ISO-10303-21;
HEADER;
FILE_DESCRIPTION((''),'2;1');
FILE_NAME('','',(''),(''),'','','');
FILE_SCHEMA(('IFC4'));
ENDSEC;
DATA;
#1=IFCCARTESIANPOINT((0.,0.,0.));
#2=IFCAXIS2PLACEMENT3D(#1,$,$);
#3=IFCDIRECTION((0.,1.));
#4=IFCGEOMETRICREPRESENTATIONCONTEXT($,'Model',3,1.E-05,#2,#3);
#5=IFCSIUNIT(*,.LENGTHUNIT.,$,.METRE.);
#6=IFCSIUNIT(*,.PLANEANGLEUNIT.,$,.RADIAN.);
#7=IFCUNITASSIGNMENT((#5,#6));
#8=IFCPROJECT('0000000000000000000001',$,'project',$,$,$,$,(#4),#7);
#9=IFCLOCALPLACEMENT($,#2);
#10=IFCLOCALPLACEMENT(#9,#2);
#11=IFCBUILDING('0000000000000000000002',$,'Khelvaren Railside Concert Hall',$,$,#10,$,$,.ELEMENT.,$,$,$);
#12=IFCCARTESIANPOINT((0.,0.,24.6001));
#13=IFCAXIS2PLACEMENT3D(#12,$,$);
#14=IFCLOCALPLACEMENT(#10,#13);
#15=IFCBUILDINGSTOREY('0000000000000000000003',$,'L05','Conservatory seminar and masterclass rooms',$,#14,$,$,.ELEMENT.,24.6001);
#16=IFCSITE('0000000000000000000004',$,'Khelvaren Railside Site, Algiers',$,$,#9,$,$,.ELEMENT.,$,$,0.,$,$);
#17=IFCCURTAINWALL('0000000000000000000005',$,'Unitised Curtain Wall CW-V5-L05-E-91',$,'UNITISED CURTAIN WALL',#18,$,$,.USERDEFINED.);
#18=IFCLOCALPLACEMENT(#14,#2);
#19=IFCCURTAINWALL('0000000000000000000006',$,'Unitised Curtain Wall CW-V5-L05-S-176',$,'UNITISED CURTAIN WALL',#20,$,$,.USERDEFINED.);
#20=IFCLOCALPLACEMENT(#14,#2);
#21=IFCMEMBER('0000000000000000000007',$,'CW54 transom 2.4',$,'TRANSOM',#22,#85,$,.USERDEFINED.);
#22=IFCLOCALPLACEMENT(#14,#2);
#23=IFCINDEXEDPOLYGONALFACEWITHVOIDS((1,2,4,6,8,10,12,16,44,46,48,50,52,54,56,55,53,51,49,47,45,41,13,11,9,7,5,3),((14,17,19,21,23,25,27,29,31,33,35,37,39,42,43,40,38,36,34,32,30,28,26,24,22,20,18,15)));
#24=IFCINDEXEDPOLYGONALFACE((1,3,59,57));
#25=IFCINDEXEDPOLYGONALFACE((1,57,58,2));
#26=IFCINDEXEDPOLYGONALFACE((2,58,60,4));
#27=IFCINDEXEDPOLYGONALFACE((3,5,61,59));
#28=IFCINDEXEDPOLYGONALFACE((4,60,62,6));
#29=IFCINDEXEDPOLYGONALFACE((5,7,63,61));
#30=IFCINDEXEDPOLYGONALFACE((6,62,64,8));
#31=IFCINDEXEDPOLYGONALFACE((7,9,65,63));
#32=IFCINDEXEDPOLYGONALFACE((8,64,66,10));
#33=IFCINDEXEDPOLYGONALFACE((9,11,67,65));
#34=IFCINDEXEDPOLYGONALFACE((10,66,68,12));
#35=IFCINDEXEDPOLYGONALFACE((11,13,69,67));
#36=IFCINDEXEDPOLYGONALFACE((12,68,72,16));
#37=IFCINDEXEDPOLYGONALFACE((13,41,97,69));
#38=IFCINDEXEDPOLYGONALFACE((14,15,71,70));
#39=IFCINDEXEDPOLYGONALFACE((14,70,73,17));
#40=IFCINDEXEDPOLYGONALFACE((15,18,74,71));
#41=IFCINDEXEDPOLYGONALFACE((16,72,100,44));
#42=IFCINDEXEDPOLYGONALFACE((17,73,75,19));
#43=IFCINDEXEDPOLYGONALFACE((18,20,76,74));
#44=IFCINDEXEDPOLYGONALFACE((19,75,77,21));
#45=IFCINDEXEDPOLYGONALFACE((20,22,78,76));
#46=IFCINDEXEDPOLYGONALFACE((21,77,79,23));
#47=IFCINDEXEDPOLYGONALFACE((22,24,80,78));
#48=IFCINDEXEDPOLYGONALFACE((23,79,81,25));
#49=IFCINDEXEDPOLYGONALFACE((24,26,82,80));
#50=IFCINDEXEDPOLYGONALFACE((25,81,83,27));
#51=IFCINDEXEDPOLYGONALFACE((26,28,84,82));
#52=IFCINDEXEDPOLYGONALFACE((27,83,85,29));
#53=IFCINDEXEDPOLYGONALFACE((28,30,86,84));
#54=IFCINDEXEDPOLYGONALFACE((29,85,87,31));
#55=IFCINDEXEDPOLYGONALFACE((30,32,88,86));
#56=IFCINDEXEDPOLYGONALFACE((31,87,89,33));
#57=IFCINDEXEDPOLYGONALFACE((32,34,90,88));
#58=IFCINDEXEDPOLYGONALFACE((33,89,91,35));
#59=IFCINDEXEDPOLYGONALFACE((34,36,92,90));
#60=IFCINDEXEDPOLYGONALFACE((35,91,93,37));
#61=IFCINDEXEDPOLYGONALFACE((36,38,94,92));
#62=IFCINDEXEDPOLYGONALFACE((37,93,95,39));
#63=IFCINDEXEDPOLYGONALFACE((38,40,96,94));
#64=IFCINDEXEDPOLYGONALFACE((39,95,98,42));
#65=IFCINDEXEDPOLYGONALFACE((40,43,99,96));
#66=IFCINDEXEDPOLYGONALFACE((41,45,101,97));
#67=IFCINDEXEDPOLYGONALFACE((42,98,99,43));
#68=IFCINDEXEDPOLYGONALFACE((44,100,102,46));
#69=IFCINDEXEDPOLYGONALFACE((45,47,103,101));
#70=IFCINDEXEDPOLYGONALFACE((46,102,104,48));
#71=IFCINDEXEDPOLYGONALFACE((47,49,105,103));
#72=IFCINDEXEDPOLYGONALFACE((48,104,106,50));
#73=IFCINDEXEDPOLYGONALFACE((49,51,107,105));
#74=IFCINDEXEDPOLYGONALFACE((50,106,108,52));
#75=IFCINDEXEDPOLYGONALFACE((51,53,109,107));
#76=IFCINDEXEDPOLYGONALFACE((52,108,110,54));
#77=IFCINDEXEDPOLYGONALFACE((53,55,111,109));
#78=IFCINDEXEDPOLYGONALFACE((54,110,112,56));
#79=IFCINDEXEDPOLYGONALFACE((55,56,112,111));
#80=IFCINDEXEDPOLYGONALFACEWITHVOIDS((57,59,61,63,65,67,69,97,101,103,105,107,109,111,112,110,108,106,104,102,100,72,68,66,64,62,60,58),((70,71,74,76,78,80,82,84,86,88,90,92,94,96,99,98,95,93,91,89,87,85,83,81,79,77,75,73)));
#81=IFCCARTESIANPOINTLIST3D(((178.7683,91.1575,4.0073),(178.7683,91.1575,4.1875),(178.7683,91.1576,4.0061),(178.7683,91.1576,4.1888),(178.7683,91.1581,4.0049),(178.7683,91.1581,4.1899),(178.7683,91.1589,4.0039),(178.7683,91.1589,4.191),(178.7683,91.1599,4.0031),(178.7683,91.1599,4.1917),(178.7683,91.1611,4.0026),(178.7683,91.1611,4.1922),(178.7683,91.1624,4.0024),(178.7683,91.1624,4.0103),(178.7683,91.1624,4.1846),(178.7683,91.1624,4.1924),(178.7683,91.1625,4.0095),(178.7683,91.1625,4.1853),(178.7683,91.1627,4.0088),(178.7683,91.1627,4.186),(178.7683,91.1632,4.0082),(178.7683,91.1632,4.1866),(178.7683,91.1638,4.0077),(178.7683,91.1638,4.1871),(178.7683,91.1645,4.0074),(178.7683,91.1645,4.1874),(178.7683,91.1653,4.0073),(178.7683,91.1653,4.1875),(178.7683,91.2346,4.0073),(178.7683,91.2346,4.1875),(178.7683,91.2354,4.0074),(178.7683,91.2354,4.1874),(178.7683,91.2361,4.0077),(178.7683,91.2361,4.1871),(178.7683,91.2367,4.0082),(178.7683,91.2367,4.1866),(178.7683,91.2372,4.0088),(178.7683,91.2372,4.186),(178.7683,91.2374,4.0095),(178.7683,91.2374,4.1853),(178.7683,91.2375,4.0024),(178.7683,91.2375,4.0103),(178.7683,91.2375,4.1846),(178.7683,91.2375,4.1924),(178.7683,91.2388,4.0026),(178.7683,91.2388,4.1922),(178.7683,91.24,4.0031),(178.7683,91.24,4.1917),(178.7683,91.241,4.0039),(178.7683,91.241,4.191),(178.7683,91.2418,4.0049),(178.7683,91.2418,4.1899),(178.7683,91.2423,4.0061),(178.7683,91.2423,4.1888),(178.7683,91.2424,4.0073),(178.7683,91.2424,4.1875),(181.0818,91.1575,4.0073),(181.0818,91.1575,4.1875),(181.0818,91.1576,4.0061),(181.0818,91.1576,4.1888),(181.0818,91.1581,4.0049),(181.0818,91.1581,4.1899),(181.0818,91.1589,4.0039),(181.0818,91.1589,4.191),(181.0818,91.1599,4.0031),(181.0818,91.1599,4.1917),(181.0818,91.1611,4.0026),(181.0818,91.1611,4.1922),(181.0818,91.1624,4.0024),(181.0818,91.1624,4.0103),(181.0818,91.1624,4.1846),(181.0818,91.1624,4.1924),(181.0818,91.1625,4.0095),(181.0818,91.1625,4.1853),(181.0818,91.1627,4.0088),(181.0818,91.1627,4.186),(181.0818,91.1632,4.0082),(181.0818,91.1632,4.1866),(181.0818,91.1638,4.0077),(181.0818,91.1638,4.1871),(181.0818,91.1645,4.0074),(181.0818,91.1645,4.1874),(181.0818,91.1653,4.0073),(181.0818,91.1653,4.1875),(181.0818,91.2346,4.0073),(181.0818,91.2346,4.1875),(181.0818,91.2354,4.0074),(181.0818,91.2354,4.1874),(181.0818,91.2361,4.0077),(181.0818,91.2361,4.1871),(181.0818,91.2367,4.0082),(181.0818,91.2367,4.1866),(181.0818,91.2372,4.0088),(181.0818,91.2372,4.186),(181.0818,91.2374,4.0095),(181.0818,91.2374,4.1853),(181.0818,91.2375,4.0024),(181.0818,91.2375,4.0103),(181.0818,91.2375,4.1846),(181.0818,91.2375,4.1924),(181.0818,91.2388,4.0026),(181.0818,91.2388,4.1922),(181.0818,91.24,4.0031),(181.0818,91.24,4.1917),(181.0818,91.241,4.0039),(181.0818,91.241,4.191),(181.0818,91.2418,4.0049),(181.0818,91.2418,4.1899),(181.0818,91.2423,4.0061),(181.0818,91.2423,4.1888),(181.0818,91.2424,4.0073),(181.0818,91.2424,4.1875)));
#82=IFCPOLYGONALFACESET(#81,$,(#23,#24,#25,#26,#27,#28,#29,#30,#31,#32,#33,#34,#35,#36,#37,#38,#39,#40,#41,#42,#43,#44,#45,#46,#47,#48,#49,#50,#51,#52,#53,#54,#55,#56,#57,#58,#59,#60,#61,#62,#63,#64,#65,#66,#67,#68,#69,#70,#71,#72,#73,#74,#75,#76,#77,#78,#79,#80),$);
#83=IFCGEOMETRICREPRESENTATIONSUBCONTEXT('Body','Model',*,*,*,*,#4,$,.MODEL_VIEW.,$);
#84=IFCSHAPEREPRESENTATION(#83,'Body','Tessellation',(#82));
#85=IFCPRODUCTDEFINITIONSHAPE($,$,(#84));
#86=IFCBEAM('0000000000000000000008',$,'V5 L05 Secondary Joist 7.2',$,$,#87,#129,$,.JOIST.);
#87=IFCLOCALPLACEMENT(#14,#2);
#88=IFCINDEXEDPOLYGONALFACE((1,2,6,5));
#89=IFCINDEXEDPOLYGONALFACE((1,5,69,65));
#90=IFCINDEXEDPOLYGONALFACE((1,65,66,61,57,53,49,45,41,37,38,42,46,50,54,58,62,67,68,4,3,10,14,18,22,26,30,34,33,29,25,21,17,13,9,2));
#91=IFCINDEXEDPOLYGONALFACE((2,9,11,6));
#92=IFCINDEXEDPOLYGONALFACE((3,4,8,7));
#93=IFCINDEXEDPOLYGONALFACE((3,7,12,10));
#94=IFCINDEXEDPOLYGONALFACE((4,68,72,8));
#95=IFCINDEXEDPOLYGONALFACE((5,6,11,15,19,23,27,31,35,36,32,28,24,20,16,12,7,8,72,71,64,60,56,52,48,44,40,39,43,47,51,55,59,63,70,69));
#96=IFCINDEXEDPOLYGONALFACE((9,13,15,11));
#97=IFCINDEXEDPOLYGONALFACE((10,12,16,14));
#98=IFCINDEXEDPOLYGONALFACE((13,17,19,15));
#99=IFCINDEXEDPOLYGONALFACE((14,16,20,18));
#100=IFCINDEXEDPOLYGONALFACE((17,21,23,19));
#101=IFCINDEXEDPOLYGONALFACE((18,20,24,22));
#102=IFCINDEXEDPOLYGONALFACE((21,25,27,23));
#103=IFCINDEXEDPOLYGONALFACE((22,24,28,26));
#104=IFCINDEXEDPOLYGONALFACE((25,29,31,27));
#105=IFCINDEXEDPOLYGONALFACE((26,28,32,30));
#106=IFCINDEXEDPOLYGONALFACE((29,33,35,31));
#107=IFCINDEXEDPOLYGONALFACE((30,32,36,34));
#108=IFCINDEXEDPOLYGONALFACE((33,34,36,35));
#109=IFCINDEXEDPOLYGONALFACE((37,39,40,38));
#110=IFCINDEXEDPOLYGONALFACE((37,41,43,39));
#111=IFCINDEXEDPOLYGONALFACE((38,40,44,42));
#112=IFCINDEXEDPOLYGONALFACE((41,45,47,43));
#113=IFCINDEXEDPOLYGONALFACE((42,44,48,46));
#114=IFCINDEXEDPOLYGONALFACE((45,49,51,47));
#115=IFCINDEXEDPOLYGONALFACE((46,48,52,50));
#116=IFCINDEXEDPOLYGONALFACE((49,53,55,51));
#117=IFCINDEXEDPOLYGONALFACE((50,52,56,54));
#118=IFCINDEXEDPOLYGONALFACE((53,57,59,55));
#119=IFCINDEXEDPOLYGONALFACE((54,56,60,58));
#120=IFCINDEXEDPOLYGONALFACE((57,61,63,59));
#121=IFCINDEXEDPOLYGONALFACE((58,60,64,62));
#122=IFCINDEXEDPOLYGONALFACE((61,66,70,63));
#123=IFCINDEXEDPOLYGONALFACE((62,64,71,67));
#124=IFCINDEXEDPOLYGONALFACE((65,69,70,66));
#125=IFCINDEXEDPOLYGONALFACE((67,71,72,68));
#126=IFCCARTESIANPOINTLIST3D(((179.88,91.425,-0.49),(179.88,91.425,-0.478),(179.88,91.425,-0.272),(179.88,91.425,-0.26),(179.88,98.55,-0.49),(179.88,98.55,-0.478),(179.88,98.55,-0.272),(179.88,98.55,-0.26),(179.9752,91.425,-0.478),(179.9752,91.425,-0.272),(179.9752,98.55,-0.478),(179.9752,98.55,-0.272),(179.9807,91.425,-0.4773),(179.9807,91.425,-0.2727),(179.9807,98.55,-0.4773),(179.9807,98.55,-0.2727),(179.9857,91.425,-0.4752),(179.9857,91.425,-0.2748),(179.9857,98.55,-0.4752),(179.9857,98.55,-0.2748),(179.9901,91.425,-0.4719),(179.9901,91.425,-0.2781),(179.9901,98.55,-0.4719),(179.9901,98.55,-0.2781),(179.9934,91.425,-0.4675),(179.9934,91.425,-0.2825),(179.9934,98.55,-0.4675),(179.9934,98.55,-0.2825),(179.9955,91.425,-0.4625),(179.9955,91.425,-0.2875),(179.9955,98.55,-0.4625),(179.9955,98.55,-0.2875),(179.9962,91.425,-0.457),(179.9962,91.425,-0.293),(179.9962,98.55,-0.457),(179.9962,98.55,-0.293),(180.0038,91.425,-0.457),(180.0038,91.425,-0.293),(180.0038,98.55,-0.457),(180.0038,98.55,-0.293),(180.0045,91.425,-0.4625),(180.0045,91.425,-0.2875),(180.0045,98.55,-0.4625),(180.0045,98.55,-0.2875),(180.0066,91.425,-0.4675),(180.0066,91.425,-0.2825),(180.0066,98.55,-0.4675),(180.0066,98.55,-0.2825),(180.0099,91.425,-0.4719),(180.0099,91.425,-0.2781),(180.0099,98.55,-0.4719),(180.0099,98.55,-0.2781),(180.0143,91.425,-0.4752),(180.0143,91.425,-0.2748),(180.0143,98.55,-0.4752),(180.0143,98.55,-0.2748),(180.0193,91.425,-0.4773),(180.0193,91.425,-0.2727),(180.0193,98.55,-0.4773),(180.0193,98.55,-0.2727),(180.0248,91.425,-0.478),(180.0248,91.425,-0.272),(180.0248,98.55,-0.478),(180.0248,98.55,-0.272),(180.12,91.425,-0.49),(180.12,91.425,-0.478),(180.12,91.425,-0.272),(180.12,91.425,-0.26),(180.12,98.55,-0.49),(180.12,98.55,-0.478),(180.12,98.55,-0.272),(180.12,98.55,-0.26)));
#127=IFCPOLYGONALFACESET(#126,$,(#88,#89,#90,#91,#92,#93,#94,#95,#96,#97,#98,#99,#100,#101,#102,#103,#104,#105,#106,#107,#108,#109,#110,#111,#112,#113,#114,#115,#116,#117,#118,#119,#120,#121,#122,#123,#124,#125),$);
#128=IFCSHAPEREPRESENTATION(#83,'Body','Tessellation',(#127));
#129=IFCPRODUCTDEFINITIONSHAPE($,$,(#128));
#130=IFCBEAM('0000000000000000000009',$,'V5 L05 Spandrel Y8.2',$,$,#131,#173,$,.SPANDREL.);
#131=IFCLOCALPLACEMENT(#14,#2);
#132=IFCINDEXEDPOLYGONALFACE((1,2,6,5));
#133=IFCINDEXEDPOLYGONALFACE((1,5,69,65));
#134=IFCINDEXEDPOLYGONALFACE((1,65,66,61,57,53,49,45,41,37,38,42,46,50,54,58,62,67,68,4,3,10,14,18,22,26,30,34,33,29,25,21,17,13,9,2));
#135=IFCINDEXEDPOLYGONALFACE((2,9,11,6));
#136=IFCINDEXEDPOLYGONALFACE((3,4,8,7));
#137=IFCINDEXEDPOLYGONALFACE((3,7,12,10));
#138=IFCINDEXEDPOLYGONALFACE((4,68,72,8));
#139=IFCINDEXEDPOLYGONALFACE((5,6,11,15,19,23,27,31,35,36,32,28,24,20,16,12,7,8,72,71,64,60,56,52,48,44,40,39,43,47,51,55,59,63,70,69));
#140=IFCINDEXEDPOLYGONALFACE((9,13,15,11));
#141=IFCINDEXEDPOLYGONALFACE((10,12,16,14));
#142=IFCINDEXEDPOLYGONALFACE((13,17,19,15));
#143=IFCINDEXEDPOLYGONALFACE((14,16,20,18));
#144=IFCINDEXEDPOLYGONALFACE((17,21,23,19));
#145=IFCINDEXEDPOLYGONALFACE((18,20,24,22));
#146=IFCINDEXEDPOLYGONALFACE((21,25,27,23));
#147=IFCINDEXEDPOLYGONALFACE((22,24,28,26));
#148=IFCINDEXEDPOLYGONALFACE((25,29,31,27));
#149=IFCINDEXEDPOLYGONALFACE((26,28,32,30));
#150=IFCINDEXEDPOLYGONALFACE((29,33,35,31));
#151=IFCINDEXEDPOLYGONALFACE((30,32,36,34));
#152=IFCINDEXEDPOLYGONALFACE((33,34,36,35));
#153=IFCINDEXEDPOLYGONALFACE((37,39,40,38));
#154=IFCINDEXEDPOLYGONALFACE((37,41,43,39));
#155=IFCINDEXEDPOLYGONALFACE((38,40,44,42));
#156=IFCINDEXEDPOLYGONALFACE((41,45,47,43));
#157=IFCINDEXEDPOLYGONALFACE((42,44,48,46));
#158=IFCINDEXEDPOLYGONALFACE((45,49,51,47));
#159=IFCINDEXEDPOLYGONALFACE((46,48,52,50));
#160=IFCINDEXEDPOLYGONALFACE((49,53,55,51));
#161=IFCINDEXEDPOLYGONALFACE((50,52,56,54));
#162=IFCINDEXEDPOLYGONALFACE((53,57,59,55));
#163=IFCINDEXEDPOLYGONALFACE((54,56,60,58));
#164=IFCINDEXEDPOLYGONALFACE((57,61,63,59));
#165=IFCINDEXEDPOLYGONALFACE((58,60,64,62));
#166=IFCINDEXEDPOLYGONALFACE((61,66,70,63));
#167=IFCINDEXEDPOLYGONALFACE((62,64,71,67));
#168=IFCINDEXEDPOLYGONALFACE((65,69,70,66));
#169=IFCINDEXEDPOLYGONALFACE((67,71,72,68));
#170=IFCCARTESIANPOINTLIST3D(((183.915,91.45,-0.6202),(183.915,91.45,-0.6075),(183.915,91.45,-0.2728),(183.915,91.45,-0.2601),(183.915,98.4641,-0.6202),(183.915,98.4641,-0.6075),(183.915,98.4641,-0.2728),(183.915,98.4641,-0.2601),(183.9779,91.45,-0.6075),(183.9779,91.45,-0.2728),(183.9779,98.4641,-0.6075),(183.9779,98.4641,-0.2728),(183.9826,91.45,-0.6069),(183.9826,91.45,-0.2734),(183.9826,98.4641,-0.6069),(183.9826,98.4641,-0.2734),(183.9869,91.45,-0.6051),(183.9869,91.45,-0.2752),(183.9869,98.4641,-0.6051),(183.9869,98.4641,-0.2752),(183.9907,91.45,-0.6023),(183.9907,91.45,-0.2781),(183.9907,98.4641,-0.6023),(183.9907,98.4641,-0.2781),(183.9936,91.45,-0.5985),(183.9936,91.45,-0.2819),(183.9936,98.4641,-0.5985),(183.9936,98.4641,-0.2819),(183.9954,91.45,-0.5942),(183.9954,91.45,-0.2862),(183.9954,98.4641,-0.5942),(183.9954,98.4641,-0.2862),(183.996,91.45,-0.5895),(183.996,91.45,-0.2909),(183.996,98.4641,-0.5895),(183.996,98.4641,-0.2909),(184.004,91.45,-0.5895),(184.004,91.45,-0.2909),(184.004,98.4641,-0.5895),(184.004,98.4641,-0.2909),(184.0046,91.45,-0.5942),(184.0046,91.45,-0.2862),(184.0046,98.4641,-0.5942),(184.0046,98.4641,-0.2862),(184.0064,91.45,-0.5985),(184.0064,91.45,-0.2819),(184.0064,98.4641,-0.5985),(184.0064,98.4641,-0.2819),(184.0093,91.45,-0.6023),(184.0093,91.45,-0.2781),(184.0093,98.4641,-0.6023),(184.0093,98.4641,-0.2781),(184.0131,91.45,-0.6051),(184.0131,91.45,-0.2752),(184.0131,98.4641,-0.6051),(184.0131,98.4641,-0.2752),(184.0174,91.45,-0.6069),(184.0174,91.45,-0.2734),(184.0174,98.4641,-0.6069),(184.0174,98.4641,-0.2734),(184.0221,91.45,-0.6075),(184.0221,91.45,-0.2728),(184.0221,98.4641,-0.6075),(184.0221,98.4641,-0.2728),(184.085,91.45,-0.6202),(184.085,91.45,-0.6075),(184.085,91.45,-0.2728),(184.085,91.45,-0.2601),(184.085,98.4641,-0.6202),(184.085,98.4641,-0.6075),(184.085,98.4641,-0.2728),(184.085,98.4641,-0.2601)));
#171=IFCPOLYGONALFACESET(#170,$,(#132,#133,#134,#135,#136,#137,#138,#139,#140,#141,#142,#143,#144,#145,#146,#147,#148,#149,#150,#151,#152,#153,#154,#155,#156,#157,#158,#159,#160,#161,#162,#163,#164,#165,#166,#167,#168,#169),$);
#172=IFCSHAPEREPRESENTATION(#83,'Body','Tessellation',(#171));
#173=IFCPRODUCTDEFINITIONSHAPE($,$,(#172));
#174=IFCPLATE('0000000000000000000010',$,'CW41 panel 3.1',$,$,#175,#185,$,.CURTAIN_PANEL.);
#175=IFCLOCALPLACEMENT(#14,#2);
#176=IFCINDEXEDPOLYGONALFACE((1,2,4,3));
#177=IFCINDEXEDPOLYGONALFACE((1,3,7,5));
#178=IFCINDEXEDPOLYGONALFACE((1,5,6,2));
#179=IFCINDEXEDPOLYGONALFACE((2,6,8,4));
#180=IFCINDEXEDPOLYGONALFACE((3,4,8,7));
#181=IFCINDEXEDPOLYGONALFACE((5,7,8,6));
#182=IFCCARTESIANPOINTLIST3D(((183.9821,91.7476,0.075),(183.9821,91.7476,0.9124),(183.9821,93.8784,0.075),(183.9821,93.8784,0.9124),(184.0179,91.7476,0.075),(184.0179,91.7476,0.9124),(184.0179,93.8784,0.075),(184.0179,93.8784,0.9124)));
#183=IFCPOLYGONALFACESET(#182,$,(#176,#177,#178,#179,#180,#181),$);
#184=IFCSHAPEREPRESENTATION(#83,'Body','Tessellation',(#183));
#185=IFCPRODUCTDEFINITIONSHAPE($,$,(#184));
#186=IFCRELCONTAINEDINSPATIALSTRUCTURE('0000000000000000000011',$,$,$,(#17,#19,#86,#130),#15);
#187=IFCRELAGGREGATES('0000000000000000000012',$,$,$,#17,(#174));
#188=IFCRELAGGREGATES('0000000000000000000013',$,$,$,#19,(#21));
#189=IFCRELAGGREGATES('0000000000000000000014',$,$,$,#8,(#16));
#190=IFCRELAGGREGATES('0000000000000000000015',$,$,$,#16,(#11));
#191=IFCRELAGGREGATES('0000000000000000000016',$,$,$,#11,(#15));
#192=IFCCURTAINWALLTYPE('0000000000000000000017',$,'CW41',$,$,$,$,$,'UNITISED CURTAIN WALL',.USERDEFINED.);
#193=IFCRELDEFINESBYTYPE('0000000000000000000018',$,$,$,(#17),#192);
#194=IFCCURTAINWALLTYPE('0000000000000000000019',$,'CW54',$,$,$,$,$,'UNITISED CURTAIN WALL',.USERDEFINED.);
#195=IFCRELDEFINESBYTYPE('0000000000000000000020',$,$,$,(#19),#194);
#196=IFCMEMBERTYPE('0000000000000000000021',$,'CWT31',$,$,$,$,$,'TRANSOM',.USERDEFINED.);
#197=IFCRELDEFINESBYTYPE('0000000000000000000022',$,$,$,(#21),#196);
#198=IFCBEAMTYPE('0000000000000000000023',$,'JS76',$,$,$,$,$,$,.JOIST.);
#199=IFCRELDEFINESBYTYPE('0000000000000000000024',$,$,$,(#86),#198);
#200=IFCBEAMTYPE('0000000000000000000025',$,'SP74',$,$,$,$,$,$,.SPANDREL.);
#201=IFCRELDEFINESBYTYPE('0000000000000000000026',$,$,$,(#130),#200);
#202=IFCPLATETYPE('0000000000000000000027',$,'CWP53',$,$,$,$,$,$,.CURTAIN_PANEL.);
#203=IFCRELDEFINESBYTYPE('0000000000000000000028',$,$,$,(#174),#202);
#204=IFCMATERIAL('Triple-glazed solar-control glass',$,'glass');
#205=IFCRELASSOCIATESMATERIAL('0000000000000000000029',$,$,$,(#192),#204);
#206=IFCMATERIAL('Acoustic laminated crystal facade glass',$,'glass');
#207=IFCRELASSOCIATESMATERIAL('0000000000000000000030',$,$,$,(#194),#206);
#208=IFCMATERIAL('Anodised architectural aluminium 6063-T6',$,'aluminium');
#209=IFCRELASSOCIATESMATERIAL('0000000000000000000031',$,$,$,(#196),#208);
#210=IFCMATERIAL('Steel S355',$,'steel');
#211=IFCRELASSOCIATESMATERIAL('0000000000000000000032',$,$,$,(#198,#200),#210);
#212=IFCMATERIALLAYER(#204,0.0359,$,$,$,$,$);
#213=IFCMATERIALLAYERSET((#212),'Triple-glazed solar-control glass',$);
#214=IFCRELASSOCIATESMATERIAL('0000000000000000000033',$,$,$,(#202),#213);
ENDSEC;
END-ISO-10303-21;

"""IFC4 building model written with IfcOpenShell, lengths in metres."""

from ifc_helpers import new_model, si_unit, direction, frame, origin, origin_2d, place, context, subcontext, project, spatial, rectangle, hollow_rectangle, i_section, extrude, material, layer, layer_set, material_profile, profile_set, type_object, element, aggregate, save


model = new_model("IFC4")

# Units and contexts
model_context = context("Model", 3, precision=1e-05, world=origin(), true_north=direction((0.0, 1.0)))
body_context = subcontext(model_context, "Body", "Model", "MODEL_VIEW")
ifc_project = project(units=[si_unit("LENGTHUNIT", "METRE"), si_unit("PLANEANGLEUNIT", "RADIAN")], contexts=[model_context])

# Site, building, storey
site_placement = place(None, origin())
site = spatial("IfcSite", under=ifc_project, at=site_placement, Name="Khelvaren Railside Site, Algiers", CompositionType="ELEMENT", RefElevation=0.0)
building_placement = place(site_placement, origin())
building = spatial("IfcBuilding", under=site, at=building_placement, Name="Khelvaren Railside Concert Hall", CompositionType="ELEMENT")
storey_placement = place(building_placement, frame((0.0, 0.0, 24.6001)))
storey = spatial("IfcBuildingStorey", under=building, at=storey_placement, Name="L05", Description="Conservatory seminar and masterclass rooms", CompositionType="ELEMENT", Elevation=24.6001)

# Curtain wall
ifc_material_1 = material(Name="Triple-glazed solar-control glass", Category="glass")
curtain_wall_type_1 = type_object("IfcCurtainWallType", Name="CW41", ElementType="UNITISED CURTAIN WALL", PredefinedType="USERDEFINED", material=ifc_material_1)
curtain_wall_1_placement = place(storey_placement, origin())
curtain_wall_1 = element("IfcCurtainWall", 1, at=curtain_wall_1_placement, inside=storey, type_object=curtain_wall_type_1, Name="Unitised Curtain Wall CW-V5-L05-E-91", ObjectType="UNITISED CURTAIN WALL", PredefinedType="USERDEFINED")
ifc_material_2 = material(Name="Anodised architectural aluminium 6063-T6", Category="aluminium")

# Curtain wall, member
ifc_material_3 = material(Name="Acoustic laminated crystal facade glass", Category="glass")
curtain_wall_type_2 = type_object("IfcCurtainWallType", Name="CW54", ElementType="UNITISED CURTAIN WALL", PredefinedType="USERDEFINED", material=ifc_material_3)
curtain_wall_2_placement = place(storey_placement, origin())
curtain_wall_2 = element("IfcCurtainWall", 2, at=curtain_wall_2_placement, inside=storey, type_object=curtain_wall_type_2, Name="Unitised Curtain Wall CW-V5-L05-S-176", ObjectType="UNITISED CURTAIN WALL", PredefinedType="USERDEFINED")
ifc_material_profile_1 = material_profile(ifc_material_2, hollow_rectangle(XDim=0.085, YDim=0.1899, WallThickness=0.0049, InnerFilletRadius=0.0029, OuterFilletRadius=0.0049, at=origin_2d()), Name="CWT 85x190x5")
ifc_profile_set_1 = profile_set([ifc_material_profile_1], Name="Anodised architectural aluminium 6063-T6")
member_type_1 = type_object("IfcMemberType", Name="CWT31", ElementType="TRANSOM", PredefinedType="USERDEFINED", material=ifc_profile_set_1)
member_1_placement = place(storey_placement, frame((181.0818, 91.2, 4.0974), z_axis=(-1.0, 0.0, 0.0), x_axis=(0.0, -1.0, 0.0)))
member_1 = element("IfcMember", 3, at=member_1_placement, type_object=member_type_1, Name="CW54 transom 2.4", ObjectType="TRANSOM", PredefinedType="USERDEFINED", context=body_context, shape_type="SweptSolid", body=[
    extrude(hollow_rectangle(XDim=0.085, YDim=0.1899, WallThickness=0.0049, InnerFilletRadius=0.0029, OuterFilletRadius=0.0049, at=origin_2d()), origin(), (0.0, 0.0, 1.0), 2.3135),
])

# Beams
ifc_material_4 = material(Name="Steel S355", Category="steel")
ifc_material_profile_2 = material_profile(ifc_material_4, i_section(OverallWidth=0.24, OverallDepth=0.23, WebThickness=0.0076, FlangeThickness=0.012, FilletRadius=0.021, at=origin_2d()), Name="HEA 240")
ifc_profile_set_2 = profile_set([ifc_material_profile_2], Name="Steel S355")
beam_type_1 = type_object("IfcBeamType", Name="JS76", PredefinedType="JOIST", material=ifc_profile_set_2)
beam_1_placement = place(storey_placement, frame((180.0, 91.425, -0.375), z_axis=(0.0, 1.0, 0.0), x_axis=(-1.0, 0.0, 0.0)))
element("IfcBeam", 4, at=beam_1_placement, inside=storey, type_object=beam_type_1, Name="V5 L05 Secondary Joist 7.2", PredefinedType="JOIST", context=body_context, shape_type="SweptSolid", body=[
    extrude(i_section(OverallWidth=0.24, OverallDepth=0.23, WebThickness=0.0076, FlangeThickness=0.012, FilletRadius=0.021, at=origin_2d()), origin(), (0.0, 0.0, 1.0), 7.125),
])
ifc_material_profile_3 = material_profile(ifc_material_4, i_section(OverallWidth=0.1699, OverallDepth=0.3601, WebThickness=0.0081, FlangeThickness=0.0127, FilletRadius=0.0181, at=origin_2d()), Name="IPE 360")
ifc_profile_set_3 = profile_set([ifc_material_profile_3], Name="Steel S355")
beam_type_2 = type_object("IfcBeamType", Name="SP74", PredefinedType="SPANDREL", material=ifc_profile_set_3)
beam_2_placement = place(storey_placement, frame((184.0, 91.45, -0.4402), z_axis=(0.0, 1.0, 0.0), x_axis=(-1.0, 0.0, 0.0)))
element("IfcBeam", 5, at=beam_2_placement, inside=storey, type_object=beam_type_2, Name="V5 L05 Spandrel Y8.2", PredefinedType="SPANDREL", context=body_context, shape_type="SweptSolid", body=[
    extrude(i_section(OverallWidth=0.1699, OverallDepth=0.3601, WebThickness=0.0081, FlangeThickness=0.0127, FilletRadius=0.0181, at=origin_2d()), origin(), (0.0, 0.0, 1.0), 7.0142),
])

# Plate
ifc_layer_1 = layer(ifc_material_1, 0.0359)
ifc_layer_set_1 = layer_set([ifc_layer_1], Name="Triple-glazed solar-control glass")
plate_type_1 = type_object("IfcPlateType", Name="CWP53", PredefinedType="CURTAIN_PANEL", material=ifc_layer_set_1)
plate_1_placement = place(storey_placement, frame((184.0, 92.813, 0.075), z_axis=(0.0, 0.0, 1.0), x_axis=(0.0, -1.0, 0.0)))
plate_1 = element("IfcPlate", 6, at=plate_1_placement, type_object=plate_type_1, Name="CW41 panel 3.1", PredefinedType="CURTAIN_PANEL", context=body_context, shape_type="SweptSolid", body=[
    extrude(rectangle(XDim=2.1309, YDim=0.0359, at=origin_2d()), origin(), (0.0, 0.0, 1.0), 0.8374),
])
aggregate(curtain_wall_1, [plate_1])
aggregate(curtain_wall_2, [member_1])

save(model, "model.ifc")
